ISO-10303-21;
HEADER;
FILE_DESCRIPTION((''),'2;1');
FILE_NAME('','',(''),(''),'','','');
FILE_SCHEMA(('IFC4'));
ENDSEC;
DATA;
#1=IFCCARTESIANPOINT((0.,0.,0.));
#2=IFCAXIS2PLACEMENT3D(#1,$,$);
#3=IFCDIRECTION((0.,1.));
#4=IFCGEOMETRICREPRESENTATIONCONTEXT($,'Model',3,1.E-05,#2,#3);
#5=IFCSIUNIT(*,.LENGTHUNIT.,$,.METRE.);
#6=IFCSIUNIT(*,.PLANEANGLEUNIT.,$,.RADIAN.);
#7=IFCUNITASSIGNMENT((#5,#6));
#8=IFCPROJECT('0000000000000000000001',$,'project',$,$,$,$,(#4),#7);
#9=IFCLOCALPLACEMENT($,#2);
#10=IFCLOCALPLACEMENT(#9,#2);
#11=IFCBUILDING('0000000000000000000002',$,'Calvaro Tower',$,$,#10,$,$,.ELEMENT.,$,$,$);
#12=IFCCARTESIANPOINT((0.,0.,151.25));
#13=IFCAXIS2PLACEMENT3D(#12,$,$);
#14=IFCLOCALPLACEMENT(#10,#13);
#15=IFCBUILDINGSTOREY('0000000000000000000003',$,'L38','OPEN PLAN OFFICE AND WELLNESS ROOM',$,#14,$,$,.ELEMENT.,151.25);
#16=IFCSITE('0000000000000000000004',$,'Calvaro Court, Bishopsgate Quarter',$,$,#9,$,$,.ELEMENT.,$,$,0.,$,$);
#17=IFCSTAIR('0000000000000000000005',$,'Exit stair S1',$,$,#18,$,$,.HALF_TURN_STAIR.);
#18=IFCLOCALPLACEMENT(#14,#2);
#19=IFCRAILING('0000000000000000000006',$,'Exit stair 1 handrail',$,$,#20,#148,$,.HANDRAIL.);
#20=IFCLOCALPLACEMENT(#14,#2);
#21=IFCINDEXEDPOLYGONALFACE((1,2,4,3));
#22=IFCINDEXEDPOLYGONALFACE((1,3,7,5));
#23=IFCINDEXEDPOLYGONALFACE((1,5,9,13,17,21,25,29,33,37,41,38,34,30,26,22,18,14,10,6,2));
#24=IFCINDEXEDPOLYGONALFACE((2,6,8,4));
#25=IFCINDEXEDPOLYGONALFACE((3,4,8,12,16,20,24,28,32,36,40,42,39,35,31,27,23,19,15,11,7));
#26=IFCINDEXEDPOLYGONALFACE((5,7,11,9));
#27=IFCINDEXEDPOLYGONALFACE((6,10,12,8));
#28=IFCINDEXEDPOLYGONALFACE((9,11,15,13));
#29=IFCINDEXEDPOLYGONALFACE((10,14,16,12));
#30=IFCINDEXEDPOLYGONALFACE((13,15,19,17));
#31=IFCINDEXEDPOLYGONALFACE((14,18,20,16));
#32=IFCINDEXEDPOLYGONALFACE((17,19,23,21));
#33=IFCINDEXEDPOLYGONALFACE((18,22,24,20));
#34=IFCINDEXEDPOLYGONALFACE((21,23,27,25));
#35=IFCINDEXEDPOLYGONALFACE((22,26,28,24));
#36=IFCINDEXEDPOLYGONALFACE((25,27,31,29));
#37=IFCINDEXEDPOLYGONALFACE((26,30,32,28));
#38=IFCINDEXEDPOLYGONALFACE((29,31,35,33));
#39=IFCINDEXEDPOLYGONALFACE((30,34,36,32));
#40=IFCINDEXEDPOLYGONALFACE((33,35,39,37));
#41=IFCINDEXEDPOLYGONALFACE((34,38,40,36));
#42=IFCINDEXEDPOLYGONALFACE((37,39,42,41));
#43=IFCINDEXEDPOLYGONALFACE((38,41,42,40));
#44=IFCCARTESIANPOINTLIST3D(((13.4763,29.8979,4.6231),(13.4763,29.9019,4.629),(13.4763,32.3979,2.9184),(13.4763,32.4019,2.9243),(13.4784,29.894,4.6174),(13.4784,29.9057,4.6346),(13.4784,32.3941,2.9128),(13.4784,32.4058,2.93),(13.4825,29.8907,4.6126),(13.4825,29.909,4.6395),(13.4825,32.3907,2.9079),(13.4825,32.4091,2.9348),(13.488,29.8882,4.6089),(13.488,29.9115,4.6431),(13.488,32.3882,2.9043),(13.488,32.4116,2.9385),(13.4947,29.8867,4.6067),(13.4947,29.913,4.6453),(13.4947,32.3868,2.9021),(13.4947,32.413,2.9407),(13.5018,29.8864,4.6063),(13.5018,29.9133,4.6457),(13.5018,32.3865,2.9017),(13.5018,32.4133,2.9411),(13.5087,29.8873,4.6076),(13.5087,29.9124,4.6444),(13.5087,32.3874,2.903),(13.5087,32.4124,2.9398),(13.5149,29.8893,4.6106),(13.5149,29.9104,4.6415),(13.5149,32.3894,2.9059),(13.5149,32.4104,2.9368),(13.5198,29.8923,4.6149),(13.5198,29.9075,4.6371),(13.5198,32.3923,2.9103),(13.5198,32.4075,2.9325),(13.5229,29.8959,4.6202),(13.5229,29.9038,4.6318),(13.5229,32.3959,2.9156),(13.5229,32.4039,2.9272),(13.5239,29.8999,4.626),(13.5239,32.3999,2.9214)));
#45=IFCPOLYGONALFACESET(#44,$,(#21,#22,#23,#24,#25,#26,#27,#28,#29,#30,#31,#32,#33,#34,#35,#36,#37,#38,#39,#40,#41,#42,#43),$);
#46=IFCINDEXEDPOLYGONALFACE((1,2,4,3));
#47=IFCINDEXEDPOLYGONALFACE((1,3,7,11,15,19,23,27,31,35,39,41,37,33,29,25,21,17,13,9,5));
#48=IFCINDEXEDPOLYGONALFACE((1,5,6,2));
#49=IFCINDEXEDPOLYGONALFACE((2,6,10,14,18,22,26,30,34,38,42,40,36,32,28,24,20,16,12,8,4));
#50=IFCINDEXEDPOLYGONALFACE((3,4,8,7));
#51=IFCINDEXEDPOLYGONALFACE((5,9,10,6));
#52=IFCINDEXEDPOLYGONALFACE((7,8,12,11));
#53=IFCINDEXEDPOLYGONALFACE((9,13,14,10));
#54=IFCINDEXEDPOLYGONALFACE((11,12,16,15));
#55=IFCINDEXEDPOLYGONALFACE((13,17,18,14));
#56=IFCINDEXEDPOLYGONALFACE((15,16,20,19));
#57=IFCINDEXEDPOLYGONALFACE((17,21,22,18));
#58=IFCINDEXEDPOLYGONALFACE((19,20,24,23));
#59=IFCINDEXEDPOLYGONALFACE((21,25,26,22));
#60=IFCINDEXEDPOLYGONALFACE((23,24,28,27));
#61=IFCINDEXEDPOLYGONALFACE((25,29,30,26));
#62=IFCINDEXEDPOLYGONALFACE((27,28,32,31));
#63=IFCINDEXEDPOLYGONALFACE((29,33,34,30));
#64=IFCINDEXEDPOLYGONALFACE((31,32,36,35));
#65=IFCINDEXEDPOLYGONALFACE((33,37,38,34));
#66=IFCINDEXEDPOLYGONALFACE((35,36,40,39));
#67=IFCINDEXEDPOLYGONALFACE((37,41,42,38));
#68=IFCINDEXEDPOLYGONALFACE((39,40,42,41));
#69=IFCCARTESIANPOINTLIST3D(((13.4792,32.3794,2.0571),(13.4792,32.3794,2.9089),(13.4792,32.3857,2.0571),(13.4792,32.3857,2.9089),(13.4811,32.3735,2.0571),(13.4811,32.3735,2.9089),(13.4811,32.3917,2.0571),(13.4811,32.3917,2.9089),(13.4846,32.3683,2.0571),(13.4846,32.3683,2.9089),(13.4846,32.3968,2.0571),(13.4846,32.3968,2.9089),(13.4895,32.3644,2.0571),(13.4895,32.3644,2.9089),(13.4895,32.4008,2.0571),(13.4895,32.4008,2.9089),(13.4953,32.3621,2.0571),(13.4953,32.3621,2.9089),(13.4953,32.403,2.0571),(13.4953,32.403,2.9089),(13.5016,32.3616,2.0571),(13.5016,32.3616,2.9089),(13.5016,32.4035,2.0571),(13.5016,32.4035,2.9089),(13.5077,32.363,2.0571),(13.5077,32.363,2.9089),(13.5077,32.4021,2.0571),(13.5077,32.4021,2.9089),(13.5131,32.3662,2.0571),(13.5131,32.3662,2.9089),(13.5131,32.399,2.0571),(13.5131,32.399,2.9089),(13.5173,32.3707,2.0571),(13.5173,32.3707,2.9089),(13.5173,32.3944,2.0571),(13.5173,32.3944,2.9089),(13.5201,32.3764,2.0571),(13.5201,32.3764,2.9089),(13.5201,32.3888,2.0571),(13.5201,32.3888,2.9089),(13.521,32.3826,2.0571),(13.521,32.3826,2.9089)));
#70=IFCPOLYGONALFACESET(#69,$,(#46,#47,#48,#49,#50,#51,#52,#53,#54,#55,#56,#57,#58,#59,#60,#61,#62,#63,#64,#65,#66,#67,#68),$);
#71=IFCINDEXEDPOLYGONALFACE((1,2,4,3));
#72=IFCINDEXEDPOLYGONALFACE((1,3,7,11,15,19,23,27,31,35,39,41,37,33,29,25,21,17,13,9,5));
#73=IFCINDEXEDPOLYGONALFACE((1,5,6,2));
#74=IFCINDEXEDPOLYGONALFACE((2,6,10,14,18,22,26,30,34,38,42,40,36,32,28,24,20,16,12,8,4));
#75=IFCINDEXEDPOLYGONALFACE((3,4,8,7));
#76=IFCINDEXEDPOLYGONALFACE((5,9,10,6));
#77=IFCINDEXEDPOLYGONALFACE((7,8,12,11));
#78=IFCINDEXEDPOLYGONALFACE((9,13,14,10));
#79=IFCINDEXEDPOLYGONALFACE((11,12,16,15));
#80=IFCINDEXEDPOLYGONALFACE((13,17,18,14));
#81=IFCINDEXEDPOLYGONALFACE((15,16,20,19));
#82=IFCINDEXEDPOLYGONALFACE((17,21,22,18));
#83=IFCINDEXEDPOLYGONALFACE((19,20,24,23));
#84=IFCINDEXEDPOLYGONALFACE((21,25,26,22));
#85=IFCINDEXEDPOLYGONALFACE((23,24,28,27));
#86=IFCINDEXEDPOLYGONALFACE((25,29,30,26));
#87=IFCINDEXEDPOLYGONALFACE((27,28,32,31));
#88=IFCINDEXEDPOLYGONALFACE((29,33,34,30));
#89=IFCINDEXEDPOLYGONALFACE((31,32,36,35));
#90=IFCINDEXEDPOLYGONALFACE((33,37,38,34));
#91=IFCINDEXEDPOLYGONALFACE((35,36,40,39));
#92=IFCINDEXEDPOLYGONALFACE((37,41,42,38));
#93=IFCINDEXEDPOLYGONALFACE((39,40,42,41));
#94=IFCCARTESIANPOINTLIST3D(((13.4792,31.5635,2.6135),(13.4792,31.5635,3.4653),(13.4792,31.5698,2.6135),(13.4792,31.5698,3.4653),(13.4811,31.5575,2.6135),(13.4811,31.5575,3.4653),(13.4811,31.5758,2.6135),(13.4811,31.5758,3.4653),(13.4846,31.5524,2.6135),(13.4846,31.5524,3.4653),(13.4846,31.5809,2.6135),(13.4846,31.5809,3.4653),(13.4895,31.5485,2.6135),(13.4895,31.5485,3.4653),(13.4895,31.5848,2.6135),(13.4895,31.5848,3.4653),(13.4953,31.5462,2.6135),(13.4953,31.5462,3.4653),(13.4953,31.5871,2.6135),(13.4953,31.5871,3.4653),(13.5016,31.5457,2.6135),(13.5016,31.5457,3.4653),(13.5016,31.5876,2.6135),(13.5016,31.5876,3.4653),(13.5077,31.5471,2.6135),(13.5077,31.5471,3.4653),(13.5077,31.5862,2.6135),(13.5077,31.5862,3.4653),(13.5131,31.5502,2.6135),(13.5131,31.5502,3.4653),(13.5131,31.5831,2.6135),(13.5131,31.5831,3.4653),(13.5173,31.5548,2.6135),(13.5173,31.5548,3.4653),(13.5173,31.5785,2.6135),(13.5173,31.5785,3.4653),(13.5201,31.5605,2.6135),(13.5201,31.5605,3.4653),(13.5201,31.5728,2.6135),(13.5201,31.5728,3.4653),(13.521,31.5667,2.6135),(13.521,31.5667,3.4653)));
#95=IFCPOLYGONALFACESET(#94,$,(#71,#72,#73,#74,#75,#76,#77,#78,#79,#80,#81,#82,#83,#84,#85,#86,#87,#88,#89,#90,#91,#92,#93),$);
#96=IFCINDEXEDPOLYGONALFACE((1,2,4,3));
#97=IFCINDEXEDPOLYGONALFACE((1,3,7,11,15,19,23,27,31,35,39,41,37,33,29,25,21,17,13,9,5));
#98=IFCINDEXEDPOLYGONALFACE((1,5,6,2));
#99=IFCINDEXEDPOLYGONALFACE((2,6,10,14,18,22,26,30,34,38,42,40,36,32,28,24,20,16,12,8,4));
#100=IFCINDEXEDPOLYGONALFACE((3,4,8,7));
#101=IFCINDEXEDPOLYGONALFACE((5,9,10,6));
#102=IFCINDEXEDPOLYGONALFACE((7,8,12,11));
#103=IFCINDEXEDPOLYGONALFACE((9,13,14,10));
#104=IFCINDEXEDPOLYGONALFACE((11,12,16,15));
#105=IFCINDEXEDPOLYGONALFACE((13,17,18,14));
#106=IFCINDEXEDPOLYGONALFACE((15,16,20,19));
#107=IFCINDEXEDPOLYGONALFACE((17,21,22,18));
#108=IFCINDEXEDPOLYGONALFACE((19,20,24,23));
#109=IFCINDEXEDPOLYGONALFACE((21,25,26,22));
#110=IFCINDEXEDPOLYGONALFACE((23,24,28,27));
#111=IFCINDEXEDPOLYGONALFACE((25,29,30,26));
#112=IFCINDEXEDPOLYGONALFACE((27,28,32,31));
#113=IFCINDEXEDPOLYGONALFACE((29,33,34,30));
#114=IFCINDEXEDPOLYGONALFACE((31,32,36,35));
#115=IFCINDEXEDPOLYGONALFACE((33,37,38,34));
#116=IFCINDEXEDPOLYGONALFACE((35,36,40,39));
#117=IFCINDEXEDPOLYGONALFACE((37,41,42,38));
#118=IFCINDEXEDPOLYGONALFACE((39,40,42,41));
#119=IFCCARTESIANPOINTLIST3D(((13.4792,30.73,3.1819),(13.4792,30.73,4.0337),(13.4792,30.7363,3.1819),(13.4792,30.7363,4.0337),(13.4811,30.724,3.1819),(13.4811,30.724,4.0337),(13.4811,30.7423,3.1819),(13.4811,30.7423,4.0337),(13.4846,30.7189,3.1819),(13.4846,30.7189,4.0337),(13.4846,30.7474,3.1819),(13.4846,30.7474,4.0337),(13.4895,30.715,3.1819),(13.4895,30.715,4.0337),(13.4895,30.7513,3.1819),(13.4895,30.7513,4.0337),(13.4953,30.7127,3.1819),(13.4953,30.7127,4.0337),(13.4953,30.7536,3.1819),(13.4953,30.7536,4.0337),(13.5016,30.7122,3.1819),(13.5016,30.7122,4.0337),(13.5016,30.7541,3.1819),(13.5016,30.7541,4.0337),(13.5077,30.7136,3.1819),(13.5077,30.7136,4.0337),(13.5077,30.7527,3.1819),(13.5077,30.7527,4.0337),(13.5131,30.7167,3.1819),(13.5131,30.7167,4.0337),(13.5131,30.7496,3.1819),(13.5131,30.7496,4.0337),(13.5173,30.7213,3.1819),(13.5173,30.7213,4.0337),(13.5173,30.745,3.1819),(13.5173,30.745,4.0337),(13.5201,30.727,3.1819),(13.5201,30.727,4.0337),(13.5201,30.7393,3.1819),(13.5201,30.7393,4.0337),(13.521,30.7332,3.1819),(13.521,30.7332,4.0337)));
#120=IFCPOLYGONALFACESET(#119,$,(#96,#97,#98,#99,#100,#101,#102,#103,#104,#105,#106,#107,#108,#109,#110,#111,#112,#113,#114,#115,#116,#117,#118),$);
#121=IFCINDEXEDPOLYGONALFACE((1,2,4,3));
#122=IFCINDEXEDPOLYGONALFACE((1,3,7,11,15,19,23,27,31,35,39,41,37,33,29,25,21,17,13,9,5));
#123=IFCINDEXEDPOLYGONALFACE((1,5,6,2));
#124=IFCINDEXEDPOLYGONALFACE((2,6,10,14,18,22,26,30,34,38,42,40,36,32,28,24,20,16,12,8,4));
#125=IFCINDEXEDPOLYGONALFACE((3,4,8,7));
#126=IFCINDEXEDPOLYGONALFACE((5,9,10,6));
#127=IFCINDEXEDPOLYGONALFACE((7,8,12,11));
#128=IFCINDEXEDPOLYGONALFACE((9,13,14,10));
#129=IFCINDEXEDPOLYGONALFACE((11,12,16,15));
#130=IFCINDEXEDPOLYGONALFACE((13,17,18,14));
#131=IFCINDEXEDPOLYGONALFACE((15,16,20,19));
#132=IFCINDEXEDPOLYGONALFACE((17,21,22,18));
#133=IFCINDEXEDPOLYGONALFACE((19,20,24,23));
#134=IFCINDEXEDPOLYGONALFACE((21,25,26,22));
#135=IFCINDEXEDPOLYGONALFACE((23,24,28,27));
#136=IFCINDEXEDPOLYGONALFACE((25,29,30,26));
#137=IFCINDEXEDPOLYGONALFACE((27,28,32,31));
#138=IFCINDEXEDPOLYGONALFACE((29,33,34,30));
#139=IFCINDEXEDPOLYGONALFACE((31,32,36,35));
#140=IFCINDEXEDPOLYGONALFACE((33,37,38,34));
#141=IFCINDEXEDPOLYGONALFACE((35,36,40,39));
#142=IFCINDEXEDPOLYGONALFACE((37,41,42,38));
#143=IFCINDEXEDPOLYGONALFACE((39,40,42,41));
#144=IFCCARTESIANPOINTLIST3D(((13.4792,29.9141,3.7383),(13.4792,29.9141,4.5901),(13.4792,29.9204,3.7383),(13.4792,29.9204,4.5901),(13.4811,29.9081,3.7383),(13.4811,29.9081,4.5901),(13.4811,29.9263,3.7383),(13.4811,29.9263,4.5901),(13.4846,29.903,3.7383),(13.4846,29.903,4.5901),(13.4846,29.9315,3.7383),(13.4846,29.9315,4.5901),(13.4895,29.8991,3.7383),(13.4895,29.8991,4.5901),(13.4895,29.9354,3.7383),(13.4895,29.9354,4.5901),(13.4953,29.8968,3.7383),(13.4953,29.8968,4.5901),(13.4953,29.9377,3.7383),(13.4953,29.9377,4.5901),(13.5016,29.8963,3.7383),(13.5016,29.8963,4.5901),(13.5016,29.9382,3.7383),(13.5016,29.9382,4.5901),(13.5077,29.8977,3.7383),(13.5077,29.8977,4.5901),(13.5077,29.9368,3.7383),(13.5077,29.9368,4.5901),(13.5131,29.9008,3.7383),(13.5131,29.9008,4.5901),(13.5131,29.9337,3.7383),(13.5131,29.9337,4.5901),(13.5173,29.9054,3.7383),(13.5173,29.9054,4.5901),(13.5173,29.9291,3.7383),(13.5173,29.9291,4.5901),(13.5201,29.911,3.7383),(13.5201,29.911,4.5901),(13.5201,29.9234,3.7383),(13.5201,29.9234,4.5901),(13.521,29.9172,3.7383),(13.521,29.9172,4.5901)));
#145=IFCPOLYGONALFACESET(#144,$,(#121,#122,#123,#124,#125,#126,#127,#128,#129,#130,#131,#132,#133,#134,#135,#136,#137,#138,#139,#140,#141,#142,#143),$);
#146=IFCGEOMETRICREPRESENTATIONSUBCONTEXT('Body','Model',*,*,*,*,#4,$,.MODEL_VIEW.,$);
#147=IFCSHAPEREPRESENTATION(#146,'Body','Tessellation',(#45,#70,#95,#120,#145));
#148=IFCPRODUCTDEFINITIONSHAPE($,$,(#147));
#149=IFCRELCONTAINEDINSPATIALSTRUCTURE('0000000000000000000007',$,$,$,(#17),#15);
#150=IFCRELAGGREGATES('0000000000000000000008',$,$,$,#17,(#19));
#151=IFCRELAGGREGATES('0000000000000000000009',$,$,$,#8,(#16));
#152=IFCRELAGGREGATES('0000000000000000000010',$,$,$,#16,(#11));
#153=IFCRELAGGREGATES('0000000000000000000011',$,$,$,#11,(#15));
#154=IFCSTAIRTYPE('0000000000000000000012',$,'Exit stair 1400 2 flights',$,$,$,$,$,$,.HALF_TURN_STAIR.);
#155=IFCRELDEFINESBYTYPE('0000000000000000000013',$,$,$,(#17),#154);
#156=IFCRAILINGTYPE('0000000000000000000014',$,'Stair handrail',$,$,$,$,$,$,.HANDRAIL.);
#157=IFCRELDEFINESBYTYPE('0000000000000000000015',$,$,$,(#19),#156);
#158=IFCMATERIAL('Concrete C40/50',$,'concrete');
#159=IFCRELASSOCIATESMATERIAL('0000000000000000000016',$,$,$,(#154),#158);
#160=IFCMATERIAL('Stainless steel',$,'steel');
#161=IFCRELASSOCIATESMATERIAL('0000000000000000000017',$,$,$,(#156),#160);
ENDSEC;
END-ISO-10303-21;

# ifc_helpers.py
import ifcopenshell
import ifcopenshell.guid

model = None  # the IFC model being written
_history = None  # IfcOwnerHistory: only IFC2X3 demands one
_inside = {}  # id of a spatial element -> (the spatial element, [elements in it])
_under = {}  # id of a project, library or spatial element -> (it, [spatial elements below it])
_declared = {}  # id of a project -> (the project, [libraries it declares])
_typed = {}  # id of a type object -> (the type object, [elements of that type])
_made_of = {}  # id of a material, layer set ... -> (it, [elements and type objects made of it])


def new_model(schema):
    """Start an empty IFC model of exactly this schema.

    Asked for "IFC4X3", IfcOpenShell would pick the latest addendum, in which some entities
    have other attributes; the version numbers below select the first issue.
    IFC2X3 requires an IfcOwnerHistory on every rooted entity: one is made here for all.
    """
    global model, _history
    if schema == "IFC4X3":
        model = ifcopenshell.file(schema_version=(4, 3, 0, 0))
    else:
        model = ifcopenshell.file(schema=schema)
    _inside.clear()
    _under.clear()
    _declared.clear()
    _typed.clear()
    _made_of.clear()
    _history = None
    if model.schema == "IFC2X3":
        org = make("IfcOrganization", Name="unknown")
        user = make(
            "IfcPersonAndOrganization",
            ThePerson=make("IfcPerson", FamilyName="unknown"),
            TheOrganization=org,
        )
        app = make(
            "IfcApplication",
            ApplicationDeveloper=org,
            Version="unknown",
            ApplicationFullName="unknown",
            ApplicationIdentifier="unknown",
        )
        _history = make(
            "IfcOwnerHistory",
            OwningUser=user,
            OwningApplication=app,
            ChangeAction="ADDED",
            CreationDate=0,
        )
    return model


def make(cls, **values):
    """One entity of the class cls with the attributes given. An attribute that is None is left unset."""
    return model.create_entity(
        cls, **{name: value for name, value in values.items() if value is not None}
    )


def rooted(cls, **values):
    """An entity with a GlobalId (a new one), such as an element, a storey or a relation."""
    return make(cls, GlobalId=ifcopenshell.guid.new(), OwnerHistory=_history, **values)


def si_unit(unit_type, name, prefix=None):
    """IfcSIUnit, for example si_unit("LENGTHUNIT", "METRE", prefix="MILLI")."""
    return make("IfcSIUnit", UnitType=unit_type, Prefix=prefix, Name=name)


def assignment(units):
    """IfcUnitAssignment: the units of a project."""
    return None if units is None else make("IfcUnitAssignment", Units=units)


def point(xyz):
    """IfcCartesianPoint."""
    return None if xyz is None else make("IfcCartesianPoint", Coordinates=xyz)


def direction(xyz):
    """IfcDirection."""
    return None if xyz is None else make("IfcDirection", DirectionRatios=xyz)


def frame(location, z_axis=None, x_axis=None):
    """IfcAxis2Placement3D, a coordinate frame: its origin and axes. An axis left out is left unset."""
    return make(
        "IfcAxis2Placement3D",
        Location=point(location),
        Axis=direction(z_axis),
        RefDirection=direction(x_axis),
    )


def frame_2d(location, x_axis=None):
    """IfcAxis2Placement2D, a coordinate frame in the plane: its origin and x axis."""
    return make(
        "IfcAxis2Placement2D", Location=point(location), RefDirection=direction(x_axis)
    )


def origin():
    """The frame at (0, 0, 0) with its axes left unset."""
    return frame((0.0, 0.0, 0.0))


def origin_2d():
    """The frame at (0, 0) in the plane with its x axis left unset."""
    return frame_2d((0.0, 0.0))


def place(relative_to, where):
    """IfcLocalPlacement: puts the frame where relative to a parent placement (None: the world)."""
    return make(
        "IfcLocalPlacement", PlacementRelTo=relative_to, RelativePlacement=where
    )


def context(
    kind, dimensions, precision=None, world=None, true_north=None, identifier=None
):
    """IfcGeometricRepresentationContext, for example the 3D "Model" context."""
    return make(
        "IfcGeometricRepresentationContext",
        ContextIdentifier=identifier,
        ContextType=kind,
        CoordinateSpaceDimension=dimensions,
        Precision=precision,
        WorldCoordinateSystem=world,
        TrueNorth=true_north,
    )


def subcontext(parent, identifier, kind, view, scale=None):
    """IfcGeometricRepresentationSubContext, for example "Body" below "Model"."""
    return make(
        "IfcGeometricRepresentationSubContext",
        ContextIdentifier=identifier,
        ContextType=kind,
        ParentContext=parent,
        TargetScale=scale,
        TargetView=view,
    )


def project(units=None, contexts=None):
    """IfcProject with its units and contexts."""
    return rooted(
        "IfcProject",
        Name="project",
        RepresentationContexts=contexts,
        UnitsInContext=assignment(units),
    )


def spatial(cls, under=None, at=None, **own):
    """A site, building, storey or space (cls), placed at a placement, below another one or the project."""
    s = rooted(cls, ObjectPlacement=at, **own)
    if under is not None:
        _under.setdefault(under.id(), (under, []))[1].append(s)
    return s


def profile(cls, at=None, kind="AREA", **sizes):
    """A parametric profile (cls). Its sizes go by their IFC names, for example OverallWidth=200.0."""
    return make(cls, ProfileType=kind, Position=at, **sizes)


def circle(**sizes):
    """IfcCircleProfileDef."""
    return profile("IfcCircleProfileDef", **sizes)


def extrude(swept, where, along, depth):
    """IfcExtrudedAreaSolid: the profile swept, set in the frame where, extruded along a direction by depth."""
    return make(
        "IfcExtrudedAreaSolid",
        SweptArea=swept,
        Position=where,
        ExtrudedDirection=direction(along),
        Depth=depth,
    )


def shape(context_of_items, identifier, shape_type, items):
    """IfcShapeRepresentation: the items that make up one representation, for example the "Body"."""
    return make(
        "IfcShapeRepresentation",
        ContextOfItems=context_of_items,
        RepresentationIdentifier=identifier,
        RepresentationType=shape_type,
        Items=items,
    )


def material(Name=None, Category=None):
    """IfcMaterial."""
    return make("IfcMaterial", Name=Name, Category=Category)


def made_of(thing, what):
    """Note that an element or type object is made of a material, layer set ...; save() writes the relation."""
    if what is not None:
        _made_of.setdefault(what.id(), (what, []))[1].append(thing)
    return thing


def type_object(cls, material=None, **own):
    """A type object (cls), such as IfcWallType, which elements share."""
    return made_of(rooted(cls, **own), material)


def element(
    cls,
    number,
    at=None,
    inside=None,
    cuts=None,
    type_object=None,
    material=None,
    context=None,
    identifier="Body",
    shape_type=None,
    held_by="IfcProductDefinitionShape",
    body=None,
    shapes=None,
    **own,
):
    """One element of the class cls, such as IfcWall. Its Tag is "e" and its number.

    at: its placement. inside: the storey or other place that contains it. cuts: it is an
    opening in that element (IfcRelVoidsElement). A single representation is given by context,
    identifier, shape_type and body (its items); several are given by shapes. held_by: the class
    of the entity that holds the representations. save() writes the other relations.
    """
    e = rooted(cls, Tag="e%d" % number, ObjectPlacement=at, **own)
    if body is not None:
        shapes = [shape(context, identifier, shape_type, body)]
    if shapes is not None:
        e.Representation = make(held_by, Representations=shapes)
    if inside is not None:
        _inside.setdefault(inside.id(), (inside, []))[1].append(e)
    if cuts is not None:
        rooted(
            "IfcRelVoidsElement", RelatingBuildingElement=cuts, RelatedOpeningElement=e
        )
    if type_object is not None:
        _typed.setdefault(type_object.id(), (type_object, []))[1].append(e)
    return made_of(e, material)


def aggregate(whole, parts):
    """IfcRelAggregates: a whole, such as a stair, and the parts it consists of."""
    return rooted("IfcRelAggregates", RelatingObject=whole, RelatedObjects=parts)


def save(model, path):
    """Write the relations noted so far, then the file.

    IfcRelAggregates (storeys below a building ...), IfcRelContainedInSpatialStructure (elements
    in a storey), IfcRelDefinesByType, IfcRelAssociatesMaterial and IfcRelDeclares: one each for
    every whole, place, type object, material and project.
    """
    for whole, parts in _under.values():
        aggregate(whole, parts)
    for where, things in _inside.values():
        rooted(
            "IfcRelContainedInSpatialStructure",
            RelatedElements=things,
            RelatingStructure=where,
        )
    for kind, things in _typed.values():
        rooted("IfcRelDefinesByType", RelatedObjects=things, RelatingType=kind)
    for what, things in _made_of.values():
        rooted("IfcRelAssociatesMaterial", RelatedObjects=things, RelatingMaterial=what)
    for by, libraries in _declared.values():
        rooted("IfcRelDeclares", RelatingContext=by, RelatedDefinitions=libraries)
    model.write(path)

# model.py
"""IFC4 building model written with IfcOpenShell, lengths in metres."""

from ifc_helpers import new_model, si_unit, direction, frame, origin, origin_2d, place, context, subcontext, project, spatial, circle, extrude, material, type_object, element, aggregate, save


model = new_model("IFC4")

# Units and contexts
model_context = context("Model", 3, precision=1e-05, world=origin(), true_north=direction((0.0, 1.0)))
body_context = subcontext(model_context, "Body", "Model", "MODEL_VIEW")
ifc_project = project(units=[si_unit("LENGTHUNIT", "METRE"), si_unit("PLANEANGLEUNIT", "RADIAN")], contexts=[model_context])

# Site, building, storey
site_placement = place(None, origin())
site = spatial("IfcSite", under=ifc_project, at=site_placement, Name="Calvaro Court, Bishopsgate Quarter", CompositionType="ELEMENT", RefElevation=0.0)
building_placement = place(site_placement, origin())
building = spatial("IfcBuilding", under=site, at=building_placement, Name="Calvaro Tower", CompositionType="ELEMENT")
storey_placement = place(building_placement, frame((0.0, 0.0, 151.25)))
storey = spatial("IfcBuildingStorey", under=building, at=storey_placement, Name="L38", Description="OPEN PLAN OFFICE AND WELLNESS ROOM", CompositionType="ELEMENT", Elevation=151.25)

# Stair, railing
ifc_material_1 = material(Name="Concrete C40/50", Category="concrete")
stair_type = type_object("IfcStairType", Name="Exit stair 1400 2 flights", PredefinedType="HALF_TURN_STAIR", material=ifc_material_1)
stair_placement = place(storey_placement, origin())
stair = element("IfcStair", 1, at=stair_placement, inside=storey, type_object=stair_type, Name="Exit stair S1", PredefinedType="HALF_TURN_STAIR")
ifc_material_2 = material(Name="Stainless steel", Category="steel")
railing_type = type_object("IfcRailingType", Name="Stair handrail", PredefinedType="HANDRAIL", material=ifc_material_2)
railing_1_placement = place(storey_placement, frame((13.5, 32.3999, 2.0454)))
railing_1 = element("IfcRailing", 2, at=railing_1_placement, type_object=railing_type, Name="Exit stair 1 handrail", PredefinedType="HANDRAIL", context=body_context, shape_type="SweptSolid", body=[
    extrude(circle(Radius=0.0239, at=origin_2d()), frame((0.0, 0.0, 0.876), z_axis=(0.0, -0.826221, 0.563347), x_axis=(1.0, 0.0, 0.0)), (0.0, 0.0, 1.0), 3.0259),
    extrude(circle(Radius=0.021, at=origin_2d()), frame((0.0, -0.0173, 0.0117)), (0.0, 0.0, 1.0), 0.8518),
    extrude(circle(Radius=0.021, at=origin_2d()), frame((0.0, -0.8333, 0.5681)), (0.0, 0.0, 1.0), 0.8518),
    extrude(circle(Radius=0.021, at=origin_2d()), frame((0.0, -1.6667, 1.1365)), (0.0, 0.0, 1.0), 0.8518),
    extrude(circle(Radius=0.021, at=origin_2d()), frame((0.0, -2.4827, 1.6929)), (0.0, 0.0, 1.0), 0.8518),
])
aggregate(stair, [railing_1])

save(model, "model.ifc")
